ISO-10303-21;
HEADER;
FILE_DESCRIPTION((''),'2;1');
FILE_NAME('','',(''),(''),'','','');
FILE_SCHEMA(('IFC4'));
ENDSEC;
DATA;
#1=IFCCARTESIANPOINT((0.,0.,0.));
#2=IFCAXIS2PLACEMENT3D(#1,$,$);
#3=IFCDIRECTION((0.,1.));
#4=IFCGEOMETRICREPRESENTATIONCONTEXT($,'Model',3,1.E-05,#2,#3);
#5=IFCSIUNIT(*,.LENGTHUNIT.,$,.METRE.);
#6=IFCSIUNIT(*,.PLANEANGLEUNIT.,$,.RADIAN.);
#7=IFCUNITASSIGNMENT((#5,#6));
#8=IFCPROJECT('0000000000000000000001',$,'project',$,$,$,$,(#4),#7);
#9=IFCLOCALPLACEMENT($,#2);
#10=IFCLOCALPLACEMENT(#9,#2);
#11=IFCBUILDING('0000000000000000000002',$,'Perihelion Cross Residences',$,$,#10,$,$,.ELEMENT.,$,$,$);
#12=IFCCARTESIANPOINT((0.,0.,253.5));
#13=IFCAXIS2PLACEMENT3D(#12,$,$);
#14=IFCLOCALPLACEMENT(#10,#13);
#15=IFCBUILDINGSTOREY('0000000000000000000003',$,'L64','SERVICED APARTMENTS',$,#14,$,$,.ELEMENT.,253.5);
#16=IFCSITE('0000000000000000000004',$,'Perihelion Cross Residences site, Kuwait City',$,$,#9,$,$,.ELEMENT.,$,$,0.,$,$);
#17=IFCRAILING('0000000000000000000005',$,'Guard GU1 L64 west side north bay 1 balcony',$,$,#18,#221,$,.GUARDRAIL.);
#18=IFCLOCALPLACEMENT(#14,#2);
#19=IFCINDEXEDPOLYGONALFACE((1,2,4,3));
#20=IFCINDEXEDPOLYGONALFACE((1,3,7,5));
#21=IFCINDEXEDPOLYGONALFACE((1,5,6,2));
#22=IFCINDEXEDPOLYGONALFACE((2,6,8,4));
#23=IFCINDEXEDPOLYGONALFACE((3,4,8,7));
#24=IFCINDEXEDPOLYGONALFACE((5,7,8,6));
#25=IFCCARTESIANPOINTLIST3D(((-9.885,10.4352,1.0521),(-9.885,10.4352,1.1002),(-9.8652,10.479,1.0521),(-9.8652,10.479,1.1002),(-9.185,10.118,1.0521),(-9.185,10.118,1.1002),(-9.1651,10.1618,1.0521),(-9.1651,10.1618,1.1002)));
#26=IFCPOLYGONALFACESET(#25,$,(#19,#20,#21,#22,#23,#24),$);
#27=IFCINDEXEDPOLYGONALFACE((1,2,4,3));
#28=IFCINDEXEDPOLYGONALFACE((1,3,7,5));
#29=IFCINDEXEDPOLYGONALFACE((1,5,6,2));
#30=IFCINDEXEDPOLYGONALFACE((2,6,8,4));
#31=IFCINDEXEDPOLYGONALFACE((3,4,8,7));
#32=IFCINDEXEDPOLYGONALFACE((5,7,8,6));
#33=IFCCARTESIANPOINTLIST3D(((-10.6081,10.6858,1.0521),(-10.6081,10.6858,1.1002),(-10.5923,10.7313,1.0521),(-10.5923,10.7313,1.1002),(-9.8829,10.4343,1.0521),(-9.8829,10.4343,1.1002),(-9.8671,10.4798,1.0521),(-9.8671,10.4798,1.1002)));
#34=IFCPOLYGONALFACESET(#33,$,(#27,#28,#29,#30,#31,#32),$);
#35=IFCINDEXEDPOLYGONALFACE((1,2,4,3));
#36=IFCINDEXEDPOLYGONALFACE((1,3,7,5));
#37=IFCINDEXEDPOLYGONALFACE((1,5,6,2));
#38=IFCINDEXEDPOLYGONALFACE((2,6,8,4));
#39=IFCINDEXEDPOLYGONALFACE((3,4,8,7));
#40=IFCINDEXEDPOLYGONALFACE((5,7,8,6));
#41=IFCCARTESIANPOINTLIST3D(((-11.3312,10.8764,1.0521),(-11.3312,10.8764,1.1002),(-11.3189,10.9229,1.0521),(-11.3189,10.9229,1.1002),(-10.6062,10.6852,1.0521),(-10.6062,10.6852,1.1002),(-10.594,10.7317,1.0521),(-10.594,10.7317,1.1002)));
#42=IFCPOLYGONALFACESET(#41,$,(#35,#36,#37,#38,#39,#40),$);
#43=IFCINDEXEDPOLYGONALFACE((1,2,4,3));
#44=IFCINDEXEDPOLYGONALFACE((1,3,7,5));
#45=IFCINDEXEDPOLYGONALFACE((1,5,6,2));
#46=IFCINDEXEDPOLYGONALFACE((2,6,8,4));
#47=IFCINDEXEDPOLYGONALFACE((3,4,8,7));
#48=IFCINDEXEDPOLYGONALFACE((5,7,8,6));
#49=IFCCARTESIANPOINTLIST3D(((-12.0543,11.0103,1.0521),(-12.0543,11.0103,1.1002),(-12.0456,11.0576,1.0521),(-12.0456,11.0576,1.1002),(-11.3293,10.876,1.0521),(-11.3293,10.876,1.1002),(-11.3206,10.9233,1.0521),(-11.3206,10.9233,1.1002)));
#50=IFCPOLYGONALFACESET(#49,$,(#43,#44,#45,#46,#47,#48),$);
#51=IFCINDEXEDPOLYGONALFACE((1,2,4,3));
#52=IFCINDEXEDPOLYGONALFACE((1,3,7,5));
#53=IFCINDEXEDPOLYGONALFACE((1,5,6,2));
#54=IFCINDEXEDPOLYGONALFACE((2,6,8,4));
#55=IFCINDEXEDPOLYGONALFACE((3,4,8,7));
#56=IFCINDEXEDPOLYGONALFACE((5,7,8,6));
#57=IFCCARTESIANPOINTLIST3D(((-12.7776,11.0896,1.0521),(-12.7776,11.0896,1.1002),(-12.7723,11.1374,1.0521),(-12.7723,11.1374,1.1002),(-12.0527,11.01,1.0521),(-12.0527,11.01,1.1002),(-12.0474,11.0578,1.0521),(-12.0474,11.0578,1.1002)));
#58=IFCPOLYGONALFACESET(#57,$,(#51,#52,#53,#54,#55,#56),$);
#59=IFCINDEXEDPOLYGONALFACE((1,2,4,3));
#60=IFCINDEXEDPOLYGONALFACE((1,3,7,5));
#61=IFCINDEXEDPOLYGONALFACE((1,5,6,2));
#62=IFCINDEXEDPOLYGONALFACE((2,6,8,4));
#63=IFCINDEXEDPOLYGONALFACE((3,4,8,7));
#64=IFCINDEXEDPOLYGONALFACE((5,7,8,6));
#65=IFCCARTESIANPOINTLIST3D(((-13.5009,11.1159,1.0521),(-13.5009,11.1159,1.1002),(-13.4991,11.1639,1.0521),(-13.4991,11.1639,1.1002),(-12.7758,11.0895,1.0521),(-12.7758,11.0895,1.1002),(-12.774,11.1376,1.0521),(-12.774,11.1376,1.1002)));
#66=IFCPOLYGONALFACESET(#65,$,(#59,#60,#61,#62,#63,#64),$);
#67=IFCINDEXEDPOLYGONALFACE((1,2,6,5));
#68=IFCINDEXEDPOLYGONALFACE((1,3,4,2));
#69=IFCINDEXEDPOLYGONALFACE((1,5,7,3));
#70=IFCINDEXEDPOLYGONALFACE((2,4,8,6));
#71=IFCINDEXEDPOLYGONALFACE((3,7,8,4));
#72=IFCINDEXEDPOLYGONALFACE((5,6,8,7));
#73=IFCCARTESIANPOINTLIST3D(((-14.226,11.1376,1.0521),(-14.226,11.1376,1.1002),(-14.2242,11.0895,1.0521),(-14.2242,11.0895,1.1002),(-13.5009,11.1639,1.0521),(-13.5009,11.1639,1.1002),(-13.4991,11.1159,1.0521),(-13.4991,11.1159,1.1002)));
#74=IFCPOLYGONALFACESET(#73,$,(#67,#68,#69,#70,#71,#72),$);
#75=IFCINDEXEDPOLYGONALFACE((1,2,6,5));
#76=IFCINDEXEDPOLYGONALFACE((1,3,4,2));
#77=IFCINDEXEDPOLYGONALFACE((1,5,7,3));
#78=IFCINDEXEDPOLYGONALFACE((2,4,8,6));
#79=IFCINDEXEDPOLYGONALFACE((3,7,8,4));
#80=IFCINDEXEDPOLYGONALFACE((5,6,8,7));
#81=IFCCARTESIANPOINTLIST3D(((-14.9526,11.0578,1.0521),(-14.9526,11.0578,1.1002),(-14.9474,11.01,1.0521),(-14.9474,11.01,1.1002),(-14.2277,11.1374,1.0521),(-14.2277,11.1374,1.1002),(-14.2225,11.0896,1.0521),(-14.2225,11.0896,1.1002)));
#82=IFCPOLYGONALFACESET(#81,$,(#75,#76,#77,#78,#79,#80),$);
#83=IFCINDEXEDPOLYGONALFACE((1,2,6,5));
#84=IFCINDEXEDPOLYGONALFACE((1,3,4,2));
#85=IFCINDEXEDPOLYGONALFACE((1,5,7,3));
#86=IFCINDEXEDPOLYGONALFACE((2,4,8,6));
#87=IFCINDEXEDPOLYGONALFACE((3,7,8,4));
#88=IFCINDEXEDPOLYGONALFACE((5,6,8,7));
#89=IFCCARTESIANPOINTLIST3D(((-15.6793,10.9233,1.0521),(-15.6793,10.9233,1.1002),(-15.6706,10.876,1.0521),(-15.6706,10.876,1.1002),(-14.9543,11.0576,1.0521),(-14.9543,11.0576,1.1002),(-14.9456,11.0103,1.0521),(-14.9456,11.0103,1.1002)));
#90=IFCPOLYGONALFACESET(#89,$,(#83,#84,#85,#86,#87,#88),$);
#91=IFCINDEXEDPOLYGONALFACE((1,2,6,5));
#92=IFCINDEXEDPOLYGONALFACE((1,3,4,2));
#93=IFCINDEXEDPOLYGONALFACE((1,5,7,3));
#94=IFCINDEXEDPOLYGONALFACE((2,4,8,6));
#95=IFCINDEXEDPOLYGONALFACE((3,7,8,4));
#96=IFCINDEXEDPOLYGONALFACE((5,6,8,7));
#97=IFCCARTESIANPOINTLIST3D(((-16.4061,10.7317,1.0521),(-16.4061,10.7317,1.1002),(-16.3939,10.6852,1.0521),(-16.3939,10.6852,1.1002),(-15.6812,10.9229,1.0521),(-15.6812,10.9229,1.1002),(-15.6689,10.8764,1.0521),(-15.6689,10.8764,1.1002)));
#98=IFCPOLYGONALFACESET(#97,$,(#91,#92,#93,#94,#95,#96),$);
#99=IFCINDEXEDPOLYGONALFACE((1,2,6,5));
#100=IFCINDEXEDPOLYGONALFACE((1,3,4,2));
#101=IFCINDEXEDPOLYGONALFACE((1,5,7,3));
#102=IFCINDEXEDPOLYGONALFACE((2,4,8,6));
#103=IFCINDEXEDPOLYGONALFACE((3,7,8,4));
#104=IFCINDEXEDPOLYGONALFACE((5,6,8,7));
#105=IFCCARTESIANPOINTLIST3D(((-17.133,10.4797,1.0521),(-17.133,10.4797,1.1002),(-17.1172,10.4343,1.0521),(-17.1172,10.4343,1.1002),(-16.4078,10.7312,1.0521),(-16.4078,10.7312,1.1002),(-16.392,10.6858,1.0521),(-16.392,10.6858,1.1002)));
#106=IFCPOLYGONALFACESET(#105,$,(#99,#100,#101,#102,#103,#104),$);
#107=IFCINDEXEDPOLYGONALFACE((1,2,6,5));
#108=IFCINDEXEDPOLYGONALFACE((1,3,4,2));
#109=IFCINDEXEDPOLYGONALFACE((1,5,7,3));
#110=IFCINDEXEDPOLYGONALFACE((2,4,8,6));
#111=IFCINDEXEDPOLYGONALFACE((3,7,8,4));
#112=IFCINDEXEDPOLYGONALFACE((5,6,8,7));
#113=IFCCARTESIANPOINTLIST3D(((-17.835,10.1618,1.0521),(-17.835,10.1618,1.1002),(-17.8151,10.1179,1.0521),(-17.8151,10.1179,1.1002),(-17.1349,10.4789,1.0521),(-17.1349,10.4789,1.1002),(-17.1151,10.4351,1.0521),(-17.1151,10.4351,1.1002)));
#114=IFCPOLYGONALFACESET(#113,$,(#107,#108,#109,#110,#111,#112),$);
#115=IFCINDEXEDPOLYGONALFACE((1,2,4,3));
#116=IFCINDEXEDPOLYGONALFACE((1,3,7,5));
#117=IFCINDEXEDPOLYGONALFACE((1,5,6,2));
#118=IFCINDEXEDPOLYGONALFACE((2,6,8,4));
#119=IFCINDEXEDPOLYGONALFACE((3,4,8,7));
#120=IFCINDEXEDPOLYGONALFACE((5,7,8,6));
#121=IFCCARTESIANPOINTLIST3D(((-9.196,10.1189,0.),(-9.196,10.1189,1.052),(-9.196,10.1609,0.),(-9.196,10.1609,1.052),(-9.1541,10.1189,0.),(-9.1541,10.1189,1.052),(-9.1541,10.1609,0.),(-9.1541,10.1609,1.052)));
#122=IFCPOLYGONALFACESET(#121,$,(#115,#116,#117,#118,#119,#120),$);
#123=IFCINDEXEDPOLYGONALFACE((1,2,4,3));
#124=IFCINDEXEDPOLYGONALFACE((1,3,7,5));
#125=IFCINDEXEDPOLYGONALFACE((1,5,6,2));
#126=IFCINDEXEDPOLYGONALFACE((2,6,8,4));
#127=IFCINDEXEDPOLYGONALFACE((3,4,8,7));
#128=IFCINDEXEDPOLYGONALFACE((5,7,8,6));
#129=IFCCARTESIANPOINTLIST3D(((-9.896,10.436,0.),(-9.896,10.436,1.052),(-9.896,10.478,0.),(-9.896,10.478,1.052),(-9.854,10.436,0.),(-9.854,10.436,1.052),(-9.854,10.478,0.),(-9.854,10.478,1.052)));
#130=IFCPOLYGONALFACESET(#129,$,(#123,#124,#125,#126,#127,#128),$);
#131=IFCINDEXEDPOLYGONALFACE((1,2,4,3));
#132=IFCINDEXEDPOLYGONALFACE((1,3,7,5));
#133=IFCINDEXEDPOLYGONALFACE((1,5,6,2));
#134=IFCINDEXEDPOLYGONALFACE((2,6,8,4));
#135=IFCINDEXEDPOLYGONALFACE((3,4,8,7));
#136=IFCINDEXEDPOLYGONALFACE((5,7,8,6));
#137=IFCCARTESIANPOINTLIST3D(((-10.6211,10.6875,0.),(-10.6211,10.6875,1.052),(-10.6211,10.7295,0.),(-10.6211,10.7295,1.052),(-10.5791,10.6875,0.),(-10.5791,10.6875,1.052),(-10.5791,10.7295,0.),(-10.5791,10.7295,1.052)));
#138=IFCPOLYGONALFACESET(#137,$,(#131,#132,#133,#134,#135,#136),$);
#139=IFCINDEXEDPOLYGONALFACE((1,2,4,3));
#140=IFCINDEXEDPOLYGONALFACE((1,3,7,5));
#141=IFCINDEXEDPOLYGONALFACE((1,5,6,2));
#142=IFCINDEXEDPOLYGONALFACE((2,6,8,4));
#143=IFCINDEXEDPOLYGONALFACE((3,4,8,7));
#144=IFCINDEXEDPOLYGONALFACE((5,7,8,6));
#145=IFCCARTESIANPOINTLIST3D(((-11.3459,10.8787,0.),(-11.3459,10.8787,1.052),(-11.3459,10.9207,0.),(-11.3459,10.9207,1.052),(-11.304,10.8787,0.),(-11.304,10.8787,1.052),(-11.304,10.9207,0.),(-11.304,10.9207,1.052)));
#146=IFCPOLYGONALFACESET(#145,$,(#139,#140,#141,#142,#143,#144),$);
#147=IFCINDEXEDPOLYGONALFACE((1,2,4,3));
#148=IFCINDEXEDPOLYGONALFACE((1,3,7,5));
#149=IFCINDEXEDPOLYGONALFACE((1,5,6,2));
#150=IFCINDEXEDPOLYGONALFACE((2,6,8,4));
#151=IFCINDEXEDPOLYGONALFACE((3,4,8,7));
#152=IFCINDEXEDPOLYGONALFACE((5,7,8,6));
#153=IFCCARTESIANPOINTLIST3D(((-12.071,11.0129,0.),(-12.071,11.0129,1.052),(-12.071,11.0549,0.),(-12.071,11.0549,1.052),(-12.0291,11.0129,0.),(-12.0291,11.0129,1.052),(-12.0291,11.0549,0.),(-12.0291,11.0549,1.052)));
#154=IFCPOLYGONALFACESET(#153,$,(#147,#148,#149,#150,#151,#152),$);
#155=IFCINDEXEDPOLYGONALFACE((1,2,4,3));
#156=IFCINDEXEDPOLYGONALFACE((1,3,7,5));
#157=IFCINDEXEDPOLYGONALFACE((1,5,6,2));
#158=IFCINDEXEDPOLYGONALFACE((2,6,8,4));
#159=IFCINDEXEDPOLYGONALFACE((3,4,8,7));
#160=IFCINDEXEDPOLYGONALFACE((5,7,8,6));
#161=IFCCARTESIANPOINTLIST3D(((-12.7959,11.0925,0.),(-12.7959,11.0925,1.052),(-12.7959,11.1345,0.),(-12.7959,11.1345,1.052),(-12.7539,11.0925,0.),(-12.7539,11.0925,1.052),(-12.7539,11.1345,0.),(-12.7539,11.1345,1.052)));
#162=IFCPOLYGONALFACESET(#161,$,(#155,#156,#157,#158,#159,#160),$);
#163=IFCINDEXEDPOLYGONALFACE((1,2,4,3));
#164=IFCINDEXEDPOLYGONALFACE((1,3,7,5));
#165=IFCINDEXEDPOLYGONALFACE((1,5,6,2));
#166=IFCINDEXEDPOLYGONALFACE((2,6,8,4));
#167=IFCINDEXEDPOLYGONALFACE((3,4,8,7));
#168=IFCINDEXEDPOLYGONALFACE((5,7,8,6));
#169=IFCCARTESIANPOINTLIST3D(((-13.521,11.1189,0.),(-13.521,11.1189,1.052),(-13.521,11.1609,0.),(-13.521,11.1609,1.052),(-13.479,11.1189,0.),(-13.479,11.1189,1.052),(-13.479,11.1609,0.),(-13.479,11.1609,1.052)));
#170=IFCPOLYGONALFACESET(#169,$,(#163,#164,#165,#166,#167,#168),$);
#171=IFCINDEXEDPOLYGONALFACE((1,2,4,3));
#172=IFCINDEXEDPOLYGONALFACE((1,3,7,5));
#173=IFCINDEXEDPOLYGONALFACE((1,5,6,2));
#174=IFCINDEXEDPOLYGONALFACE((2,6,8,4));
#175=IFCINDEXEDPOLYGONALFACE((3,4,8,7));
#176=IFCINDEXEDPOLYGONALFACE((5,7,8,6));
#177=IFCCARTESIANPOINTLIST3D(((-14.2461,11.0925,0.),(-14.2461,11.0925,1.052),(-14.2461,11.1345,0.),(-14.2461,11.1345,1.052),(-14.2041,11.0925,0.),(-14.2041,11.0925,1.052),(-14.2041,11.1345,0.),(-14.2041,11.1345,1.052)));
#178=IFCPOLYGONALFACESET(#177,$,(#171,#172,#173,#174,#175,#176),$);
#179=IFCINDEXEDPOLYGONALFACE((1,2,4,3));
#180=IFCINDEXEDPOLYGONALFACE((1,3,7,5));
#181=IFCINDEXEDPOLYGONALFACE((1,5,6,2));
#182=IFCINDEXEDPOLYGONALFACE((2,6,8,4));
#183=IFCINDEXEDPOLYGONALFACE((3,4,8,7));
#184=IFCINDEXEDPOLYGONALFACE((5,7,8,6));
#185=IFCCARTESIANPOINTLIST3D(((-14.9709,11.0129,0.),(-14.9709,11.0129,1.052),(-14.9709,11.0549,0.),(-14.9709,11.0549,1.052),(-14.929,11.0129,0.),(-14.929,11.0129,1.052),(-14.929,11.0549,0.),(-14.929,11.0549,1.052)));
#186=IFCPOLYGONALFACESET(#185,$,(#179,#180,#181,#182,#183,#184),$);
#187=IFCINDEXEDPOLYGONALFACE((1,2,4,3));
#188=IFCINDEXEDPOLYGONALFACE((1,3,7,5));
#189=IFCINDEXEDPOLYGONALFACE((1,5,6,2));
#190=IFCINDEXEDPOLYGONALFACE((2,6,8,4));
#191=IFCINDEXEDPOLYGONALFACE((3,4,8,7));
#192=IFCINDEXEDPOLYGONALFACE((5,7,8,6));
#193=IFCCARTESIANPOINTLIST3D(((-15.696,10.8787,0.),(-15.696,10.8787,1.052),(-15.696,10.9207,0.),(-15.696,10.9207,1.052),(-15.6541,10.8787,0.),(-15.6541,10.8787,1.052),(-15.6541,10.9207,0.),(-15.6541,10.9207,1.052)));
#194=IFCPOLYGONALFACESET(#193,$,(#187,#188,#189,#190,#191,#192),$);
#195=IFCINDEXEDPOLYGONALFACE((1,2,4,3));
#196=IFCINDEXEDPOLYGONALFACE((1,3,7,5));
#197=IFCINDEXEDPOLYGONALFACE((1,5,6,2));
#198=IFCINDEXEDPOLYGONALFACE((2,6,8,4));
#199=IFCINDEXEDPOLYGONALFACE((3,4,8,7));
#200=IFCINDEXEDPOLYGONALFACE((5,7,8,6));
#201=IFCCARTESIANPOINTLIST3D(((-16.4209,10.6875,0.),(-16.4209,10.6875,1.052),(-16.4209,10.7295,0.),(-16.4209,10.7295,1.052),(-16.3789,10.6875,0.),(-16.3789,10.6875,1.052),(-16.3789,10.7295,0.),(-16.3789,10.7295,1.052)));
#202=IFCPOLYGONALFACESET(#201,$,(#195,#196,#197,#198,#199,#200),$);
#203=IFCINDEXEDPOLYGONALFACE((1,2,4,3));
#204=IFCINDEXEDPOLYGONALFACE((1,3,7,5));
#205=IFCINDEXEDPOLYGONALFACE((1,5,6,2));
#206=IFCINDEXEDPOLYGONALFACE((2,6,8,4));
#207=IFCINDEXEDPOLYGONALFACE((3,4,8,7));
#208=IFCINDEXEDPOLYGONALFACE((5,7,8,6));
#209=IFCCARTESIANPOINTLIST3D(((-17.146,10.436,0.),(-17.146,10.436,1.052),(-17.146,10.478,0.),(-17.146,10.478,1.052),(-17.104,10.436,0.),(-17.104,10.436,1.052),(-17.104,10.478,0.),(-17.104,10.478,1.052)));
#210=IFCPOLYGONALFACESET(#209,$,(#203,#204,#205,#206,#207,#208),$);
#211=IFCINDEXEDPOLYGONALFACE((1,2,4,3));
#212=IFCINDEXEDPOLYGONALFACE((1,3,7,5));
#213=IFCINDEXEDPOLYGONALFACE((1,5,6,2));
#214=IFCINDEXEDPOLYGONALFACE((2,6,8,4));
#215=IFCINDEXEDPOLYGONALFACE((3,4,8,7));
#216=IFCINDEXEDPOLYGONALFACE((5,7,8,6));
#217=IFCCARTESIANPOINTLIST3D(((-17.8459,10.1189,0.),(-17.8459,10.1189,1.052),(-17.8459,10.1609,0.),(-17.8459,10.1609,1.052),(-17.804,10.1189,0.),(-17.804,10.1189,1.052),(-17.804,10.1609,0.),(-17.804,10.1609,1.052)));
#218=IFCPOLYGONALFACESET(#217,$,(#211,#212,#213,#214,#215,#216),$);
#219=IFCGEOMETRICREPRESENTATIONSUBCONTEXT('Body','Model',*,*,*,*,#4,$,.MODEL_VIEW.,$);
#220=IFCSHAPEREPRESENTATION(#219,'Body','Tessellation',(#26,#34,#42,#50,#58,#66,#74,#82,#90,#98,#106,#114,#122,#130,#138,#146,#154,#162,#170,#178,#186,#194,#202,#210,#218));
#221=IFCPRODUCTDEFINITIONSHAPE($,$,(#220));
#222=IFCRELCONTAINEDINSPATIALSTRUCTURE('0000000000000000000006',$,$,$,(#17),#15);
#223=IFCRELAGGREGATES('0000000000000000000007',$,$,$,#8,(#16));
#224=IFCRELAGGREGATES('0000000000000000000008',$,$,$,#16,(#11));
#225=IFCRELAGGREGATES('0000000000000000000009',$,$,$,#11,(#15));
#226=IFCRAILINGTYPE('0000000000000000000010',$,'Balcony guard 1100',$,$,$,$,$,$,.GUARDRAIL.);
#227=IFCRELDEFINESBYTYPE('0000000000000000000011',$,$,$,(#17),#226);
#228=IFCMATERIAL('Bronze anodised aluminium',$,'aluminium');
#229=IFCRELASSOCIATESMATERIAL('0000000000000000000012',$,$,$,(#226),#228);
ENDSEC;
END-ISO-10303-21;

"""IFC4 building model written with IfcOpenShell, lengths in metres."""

from ifc_helpers import new_model, si_unit, direction, frame, origin, origin_2d, place, context, subcontext, project, spatial, rectangle, extrude, material, type_object, element, save


model = new_model("IFC4")

# Units and contexts
model_context = context("Model", 3, precision=1e-05, world=origin(), true_north=direction((0.0, 1.0)))
body_context = subcontext(model_context, "Body", "Model", "MODEL_VIEW")
ifc_project = project(units=[si_unit("LENGTHUNIT", "METRE"), si_unit("PLANEANGLEUNIT", "RADIAN")], contexts=[model_context])

# Site, building, storey
site_placement = place(None, origin())
site = spatial("IfcSite", under=ifc_project, at=site_placement, Name="Perihelion Cross Residences site, Kuwait City", CompositionType="ELEMENT", RefElevation=0.0)
building_placement = place(site_placement, origin())
building = spatial("IfcBuilding", under=site, at=building_placement, Name="Perihelion Cross Residences", CompositionType="ELEMENT")
storey_placement = place(building_placement, frame((0.0, 0.0, 253.5)))
storey = spatial("IfcBuildingStorey", under=building, at=storey_placement, Name="L64", Description="SERVICED APARTMENTS", CompositionType="ELEMENT", Elevation=253.5)

# Railing
ifc_material_1 = material(Name="Bronze anodised aluminium", Category="aluminium")
railing_type = type_object("IfcRailingType", Name="Balcony guard 1100", PredefinedType="GUARDRAIL", material=ifc_material_1)
railing_1_placement = place(storey_placement, frame((-9.175, 10.1399, 0.0)))
element("IfcRailing", 1, at=railing_1_placement, inside=storey, type_object=railing_type, Name="Guard GU1 L64 west side north bay 1 balcony", PredefinedType="GUARDRAIL", context=body_context, shape_type="SweptSolid", body=[
    extrude(rectangle(XDim=0.0481, YDim=0.0481, at=origin_2d()), frame((0.0, 0.0, 1.0762), z_axis=(-0.910866, 0.412702, 0.0), x_axis=(-0.412702, -0.910866, 0.0)), (0.0, 0.0, 1.0), 0.7686),
    extrude(rectangle(XDim=0.0481, YDim=0.0481, at=origin_2d()), frame((-0.7, 0.3171, 1.0762), z_axis=(-0.944797, 0.327657, 0.0), x_axis=(-0.327657, -0.944797, 0.0)), (0.0, 0.0, 1.0), 0.7676),
    extrude(rectangle(XDim=0.0481, YDim=0.0481, at=origin_2d()), frame((-1.425, 0.5686, 1.0762), z_axis=(-0.966939, 0.255006, 0.0), x_axis=(-0.255006, -0.966939, 0.0)), (0.0, 0.0, 1.0), 0.7498),
    extrude(rectangle(XDim=0.0481, YDim=0.0481, at=origin_2d()), frame((-2.1499, 0.7598, 1.0762), z_axis=(-0.983282, 0.182089, 0.0), x_axis=(-0.182089, -0.983282, 0.0)), (0.0, 0.0, 1.0), 0.7373),
    extrude(rectangle(XDim=0.0481, YDim=0.0481, at=origin_2d()), frame((-2.875, 0.894, 1.0762), z_axis=(-0.994026, 0.109145, 0.0), x_axis=(-0.109145, -0.994026, 0.0)), (0.0, 0.0, 1.0), 0.7292),
    extrude(rectangle(XDim=0.0481, YDim=0.0481, at=origin_2d()), frame((-3.5999, 0.9736, 1.0762), z_axis=(-0.999339, 0.03634, 0.0), x_axis=(-0.03634, -0.999339, 0.0)), (0.0, 0.0, 1.0), 0.7256),
    extrude(rectangle(XDim=0.0481, YDim=0.0481, at=origin_2d()), frame((-4.325, 1.0, 1.0762), z_axis=(-0.999339, -0.03634, 0.0), x_axis=(0.03634, -0.999339, 0.0)), (0.0, 0.0, 1.0), 0.7256),
    extrude(rectangle(XDim=0.0481, YDim=0.0481, at=origin_2d()), frame((-5.05, 0.9736, 1.0762), z_axis=(-0.994026, -0.109145, 0.0), x_axis=(0.109145, -0.994026, 0.0)), (0.0, 0.0, 1.0), 0.7292),
    extrude(rectangle(XDim=0.0481, YDim=0.0481, at=origin_2d()), frame((-5.7749, 0.894, 1.0762), z_axis=(-0.983282, -0.182089, 0.0), x_axis=(0.182089, -0.983282, 0.0)), (0.0, 0.0, 1.0), 0.7373),
    extrude(rectangle(XDim=0.0481, YDim=0.0481, at=origin_2d()), frame((-6.5, 0.7598, 1.0762), z_axis=(-0.966939, -0.255006, 0.0), x_axis=(0.255006, -0.966939, 0.0)), (0.0, 0.0, 1.0), 0.7498),
    extrude(rectangle(XDim=0.0481, YDim=0.0481, at=origin_2d()), frame((-7.2249, 0.5686, 1.0762), z_axis=(-0.944797, -0.327657, 0.0), x_axis=(0.327657, -0.944797, 0.0)), (0.0, 0.0, 1.0), 0.7676),
    extrude(rectangle(XDim=0.0481, YDim=0.0481, at=origin_2d()), frame((-7.95, 0.3171, 1.0762), z_axis=(-0.910866, -0.412702, 0.0), x_axis=(0.412702, -0.910866, 0.0)), (0.0, 0.0, 1.0), 0.7686),
    extrude(rectangle(XDim=0.042, YDim=0.042, at=origin_2d()), origin(), (0.0, 0.0, 1.0), 1.052),
    extrude(rectangle(XDim=0.042, YDim=0.042, at=origin_2d()), frame((-0.7, 0.3171, 0.0)), (0.0, 0.0, 1.0), 1.052),
    extrude(rectangle(XDim=0.042, YDim=0.042, at=origin_2d()), frame((-1.425, 0.5686, 0.0)), (0.0, 0.0, 1.0), 1.052),
    extrude(rectangle(XDim=0.042, YDim=0.042, at=origin_2d()), frame((-2.1499, 0.7598, 0.0)), (0.0, 0.0, 1.0), 1.052),
    extrude(rectangle(XDim=0.042, YDim=0.042, at=origin_2d()), frame((-2.875, 0.894, 0.0)), (0.0, 0.0, 1.0), 1.052),
    extrude(rectangle(XDim=0.042, YDim=0.042, at=origin_2d()), frame((-3.5999, 0.9736, 0.0)), (0.0, 0.0, 1.0), 1.052),
    extrude(rectangle(XDim=0.042, YDim=0.042, at=origin_2d()), frame((-4.325, 1.0, 0.0)), (0.0, 0.0, 1.0), 1.052),
    extrude(rectangle(XDim=0.042, YDim=0.042, at=origin_2d()), frame((-5.05, 0.9736, 0.0)), (0.0, 0.0, 1.0), 1.052),
    extrude(rectangle(XDim=0.042, YDim=0.042, at=origin_2d()), frame((-5.7749, 0.894, 0.0)), (0.0, 0.0, 1.0), 1.052),
    extrude(rectangle(XDim=0.042, YDim=0.042, at=origin_2d()), frame((-6.5, 0.7598, 0.0)), (0.0, 0.0, 1.0), 1.052),
    extrude(rectangle(XDim=0.042, YDim=0.042, at=origin_2d()), frame((-7.2249, 0.5686, 0.0)), (0.0, 0.0, 1.0), 1.052),
    extrude(rectangle(XDim=0.042, YDim=0.042, at=origin_2d()), frame((-7.95, 0.3171, 0.0)), (0.0, 0.0, 1.0), 1.052),
    extrude(rectangle(XDim=0.042, YDim=0.042, at=origin_2d()), frame((-8.6499, 0.0, 0.0)), (0.0, 0.0, 1.0), 1.052),
])

save(model, "model.ifc")
